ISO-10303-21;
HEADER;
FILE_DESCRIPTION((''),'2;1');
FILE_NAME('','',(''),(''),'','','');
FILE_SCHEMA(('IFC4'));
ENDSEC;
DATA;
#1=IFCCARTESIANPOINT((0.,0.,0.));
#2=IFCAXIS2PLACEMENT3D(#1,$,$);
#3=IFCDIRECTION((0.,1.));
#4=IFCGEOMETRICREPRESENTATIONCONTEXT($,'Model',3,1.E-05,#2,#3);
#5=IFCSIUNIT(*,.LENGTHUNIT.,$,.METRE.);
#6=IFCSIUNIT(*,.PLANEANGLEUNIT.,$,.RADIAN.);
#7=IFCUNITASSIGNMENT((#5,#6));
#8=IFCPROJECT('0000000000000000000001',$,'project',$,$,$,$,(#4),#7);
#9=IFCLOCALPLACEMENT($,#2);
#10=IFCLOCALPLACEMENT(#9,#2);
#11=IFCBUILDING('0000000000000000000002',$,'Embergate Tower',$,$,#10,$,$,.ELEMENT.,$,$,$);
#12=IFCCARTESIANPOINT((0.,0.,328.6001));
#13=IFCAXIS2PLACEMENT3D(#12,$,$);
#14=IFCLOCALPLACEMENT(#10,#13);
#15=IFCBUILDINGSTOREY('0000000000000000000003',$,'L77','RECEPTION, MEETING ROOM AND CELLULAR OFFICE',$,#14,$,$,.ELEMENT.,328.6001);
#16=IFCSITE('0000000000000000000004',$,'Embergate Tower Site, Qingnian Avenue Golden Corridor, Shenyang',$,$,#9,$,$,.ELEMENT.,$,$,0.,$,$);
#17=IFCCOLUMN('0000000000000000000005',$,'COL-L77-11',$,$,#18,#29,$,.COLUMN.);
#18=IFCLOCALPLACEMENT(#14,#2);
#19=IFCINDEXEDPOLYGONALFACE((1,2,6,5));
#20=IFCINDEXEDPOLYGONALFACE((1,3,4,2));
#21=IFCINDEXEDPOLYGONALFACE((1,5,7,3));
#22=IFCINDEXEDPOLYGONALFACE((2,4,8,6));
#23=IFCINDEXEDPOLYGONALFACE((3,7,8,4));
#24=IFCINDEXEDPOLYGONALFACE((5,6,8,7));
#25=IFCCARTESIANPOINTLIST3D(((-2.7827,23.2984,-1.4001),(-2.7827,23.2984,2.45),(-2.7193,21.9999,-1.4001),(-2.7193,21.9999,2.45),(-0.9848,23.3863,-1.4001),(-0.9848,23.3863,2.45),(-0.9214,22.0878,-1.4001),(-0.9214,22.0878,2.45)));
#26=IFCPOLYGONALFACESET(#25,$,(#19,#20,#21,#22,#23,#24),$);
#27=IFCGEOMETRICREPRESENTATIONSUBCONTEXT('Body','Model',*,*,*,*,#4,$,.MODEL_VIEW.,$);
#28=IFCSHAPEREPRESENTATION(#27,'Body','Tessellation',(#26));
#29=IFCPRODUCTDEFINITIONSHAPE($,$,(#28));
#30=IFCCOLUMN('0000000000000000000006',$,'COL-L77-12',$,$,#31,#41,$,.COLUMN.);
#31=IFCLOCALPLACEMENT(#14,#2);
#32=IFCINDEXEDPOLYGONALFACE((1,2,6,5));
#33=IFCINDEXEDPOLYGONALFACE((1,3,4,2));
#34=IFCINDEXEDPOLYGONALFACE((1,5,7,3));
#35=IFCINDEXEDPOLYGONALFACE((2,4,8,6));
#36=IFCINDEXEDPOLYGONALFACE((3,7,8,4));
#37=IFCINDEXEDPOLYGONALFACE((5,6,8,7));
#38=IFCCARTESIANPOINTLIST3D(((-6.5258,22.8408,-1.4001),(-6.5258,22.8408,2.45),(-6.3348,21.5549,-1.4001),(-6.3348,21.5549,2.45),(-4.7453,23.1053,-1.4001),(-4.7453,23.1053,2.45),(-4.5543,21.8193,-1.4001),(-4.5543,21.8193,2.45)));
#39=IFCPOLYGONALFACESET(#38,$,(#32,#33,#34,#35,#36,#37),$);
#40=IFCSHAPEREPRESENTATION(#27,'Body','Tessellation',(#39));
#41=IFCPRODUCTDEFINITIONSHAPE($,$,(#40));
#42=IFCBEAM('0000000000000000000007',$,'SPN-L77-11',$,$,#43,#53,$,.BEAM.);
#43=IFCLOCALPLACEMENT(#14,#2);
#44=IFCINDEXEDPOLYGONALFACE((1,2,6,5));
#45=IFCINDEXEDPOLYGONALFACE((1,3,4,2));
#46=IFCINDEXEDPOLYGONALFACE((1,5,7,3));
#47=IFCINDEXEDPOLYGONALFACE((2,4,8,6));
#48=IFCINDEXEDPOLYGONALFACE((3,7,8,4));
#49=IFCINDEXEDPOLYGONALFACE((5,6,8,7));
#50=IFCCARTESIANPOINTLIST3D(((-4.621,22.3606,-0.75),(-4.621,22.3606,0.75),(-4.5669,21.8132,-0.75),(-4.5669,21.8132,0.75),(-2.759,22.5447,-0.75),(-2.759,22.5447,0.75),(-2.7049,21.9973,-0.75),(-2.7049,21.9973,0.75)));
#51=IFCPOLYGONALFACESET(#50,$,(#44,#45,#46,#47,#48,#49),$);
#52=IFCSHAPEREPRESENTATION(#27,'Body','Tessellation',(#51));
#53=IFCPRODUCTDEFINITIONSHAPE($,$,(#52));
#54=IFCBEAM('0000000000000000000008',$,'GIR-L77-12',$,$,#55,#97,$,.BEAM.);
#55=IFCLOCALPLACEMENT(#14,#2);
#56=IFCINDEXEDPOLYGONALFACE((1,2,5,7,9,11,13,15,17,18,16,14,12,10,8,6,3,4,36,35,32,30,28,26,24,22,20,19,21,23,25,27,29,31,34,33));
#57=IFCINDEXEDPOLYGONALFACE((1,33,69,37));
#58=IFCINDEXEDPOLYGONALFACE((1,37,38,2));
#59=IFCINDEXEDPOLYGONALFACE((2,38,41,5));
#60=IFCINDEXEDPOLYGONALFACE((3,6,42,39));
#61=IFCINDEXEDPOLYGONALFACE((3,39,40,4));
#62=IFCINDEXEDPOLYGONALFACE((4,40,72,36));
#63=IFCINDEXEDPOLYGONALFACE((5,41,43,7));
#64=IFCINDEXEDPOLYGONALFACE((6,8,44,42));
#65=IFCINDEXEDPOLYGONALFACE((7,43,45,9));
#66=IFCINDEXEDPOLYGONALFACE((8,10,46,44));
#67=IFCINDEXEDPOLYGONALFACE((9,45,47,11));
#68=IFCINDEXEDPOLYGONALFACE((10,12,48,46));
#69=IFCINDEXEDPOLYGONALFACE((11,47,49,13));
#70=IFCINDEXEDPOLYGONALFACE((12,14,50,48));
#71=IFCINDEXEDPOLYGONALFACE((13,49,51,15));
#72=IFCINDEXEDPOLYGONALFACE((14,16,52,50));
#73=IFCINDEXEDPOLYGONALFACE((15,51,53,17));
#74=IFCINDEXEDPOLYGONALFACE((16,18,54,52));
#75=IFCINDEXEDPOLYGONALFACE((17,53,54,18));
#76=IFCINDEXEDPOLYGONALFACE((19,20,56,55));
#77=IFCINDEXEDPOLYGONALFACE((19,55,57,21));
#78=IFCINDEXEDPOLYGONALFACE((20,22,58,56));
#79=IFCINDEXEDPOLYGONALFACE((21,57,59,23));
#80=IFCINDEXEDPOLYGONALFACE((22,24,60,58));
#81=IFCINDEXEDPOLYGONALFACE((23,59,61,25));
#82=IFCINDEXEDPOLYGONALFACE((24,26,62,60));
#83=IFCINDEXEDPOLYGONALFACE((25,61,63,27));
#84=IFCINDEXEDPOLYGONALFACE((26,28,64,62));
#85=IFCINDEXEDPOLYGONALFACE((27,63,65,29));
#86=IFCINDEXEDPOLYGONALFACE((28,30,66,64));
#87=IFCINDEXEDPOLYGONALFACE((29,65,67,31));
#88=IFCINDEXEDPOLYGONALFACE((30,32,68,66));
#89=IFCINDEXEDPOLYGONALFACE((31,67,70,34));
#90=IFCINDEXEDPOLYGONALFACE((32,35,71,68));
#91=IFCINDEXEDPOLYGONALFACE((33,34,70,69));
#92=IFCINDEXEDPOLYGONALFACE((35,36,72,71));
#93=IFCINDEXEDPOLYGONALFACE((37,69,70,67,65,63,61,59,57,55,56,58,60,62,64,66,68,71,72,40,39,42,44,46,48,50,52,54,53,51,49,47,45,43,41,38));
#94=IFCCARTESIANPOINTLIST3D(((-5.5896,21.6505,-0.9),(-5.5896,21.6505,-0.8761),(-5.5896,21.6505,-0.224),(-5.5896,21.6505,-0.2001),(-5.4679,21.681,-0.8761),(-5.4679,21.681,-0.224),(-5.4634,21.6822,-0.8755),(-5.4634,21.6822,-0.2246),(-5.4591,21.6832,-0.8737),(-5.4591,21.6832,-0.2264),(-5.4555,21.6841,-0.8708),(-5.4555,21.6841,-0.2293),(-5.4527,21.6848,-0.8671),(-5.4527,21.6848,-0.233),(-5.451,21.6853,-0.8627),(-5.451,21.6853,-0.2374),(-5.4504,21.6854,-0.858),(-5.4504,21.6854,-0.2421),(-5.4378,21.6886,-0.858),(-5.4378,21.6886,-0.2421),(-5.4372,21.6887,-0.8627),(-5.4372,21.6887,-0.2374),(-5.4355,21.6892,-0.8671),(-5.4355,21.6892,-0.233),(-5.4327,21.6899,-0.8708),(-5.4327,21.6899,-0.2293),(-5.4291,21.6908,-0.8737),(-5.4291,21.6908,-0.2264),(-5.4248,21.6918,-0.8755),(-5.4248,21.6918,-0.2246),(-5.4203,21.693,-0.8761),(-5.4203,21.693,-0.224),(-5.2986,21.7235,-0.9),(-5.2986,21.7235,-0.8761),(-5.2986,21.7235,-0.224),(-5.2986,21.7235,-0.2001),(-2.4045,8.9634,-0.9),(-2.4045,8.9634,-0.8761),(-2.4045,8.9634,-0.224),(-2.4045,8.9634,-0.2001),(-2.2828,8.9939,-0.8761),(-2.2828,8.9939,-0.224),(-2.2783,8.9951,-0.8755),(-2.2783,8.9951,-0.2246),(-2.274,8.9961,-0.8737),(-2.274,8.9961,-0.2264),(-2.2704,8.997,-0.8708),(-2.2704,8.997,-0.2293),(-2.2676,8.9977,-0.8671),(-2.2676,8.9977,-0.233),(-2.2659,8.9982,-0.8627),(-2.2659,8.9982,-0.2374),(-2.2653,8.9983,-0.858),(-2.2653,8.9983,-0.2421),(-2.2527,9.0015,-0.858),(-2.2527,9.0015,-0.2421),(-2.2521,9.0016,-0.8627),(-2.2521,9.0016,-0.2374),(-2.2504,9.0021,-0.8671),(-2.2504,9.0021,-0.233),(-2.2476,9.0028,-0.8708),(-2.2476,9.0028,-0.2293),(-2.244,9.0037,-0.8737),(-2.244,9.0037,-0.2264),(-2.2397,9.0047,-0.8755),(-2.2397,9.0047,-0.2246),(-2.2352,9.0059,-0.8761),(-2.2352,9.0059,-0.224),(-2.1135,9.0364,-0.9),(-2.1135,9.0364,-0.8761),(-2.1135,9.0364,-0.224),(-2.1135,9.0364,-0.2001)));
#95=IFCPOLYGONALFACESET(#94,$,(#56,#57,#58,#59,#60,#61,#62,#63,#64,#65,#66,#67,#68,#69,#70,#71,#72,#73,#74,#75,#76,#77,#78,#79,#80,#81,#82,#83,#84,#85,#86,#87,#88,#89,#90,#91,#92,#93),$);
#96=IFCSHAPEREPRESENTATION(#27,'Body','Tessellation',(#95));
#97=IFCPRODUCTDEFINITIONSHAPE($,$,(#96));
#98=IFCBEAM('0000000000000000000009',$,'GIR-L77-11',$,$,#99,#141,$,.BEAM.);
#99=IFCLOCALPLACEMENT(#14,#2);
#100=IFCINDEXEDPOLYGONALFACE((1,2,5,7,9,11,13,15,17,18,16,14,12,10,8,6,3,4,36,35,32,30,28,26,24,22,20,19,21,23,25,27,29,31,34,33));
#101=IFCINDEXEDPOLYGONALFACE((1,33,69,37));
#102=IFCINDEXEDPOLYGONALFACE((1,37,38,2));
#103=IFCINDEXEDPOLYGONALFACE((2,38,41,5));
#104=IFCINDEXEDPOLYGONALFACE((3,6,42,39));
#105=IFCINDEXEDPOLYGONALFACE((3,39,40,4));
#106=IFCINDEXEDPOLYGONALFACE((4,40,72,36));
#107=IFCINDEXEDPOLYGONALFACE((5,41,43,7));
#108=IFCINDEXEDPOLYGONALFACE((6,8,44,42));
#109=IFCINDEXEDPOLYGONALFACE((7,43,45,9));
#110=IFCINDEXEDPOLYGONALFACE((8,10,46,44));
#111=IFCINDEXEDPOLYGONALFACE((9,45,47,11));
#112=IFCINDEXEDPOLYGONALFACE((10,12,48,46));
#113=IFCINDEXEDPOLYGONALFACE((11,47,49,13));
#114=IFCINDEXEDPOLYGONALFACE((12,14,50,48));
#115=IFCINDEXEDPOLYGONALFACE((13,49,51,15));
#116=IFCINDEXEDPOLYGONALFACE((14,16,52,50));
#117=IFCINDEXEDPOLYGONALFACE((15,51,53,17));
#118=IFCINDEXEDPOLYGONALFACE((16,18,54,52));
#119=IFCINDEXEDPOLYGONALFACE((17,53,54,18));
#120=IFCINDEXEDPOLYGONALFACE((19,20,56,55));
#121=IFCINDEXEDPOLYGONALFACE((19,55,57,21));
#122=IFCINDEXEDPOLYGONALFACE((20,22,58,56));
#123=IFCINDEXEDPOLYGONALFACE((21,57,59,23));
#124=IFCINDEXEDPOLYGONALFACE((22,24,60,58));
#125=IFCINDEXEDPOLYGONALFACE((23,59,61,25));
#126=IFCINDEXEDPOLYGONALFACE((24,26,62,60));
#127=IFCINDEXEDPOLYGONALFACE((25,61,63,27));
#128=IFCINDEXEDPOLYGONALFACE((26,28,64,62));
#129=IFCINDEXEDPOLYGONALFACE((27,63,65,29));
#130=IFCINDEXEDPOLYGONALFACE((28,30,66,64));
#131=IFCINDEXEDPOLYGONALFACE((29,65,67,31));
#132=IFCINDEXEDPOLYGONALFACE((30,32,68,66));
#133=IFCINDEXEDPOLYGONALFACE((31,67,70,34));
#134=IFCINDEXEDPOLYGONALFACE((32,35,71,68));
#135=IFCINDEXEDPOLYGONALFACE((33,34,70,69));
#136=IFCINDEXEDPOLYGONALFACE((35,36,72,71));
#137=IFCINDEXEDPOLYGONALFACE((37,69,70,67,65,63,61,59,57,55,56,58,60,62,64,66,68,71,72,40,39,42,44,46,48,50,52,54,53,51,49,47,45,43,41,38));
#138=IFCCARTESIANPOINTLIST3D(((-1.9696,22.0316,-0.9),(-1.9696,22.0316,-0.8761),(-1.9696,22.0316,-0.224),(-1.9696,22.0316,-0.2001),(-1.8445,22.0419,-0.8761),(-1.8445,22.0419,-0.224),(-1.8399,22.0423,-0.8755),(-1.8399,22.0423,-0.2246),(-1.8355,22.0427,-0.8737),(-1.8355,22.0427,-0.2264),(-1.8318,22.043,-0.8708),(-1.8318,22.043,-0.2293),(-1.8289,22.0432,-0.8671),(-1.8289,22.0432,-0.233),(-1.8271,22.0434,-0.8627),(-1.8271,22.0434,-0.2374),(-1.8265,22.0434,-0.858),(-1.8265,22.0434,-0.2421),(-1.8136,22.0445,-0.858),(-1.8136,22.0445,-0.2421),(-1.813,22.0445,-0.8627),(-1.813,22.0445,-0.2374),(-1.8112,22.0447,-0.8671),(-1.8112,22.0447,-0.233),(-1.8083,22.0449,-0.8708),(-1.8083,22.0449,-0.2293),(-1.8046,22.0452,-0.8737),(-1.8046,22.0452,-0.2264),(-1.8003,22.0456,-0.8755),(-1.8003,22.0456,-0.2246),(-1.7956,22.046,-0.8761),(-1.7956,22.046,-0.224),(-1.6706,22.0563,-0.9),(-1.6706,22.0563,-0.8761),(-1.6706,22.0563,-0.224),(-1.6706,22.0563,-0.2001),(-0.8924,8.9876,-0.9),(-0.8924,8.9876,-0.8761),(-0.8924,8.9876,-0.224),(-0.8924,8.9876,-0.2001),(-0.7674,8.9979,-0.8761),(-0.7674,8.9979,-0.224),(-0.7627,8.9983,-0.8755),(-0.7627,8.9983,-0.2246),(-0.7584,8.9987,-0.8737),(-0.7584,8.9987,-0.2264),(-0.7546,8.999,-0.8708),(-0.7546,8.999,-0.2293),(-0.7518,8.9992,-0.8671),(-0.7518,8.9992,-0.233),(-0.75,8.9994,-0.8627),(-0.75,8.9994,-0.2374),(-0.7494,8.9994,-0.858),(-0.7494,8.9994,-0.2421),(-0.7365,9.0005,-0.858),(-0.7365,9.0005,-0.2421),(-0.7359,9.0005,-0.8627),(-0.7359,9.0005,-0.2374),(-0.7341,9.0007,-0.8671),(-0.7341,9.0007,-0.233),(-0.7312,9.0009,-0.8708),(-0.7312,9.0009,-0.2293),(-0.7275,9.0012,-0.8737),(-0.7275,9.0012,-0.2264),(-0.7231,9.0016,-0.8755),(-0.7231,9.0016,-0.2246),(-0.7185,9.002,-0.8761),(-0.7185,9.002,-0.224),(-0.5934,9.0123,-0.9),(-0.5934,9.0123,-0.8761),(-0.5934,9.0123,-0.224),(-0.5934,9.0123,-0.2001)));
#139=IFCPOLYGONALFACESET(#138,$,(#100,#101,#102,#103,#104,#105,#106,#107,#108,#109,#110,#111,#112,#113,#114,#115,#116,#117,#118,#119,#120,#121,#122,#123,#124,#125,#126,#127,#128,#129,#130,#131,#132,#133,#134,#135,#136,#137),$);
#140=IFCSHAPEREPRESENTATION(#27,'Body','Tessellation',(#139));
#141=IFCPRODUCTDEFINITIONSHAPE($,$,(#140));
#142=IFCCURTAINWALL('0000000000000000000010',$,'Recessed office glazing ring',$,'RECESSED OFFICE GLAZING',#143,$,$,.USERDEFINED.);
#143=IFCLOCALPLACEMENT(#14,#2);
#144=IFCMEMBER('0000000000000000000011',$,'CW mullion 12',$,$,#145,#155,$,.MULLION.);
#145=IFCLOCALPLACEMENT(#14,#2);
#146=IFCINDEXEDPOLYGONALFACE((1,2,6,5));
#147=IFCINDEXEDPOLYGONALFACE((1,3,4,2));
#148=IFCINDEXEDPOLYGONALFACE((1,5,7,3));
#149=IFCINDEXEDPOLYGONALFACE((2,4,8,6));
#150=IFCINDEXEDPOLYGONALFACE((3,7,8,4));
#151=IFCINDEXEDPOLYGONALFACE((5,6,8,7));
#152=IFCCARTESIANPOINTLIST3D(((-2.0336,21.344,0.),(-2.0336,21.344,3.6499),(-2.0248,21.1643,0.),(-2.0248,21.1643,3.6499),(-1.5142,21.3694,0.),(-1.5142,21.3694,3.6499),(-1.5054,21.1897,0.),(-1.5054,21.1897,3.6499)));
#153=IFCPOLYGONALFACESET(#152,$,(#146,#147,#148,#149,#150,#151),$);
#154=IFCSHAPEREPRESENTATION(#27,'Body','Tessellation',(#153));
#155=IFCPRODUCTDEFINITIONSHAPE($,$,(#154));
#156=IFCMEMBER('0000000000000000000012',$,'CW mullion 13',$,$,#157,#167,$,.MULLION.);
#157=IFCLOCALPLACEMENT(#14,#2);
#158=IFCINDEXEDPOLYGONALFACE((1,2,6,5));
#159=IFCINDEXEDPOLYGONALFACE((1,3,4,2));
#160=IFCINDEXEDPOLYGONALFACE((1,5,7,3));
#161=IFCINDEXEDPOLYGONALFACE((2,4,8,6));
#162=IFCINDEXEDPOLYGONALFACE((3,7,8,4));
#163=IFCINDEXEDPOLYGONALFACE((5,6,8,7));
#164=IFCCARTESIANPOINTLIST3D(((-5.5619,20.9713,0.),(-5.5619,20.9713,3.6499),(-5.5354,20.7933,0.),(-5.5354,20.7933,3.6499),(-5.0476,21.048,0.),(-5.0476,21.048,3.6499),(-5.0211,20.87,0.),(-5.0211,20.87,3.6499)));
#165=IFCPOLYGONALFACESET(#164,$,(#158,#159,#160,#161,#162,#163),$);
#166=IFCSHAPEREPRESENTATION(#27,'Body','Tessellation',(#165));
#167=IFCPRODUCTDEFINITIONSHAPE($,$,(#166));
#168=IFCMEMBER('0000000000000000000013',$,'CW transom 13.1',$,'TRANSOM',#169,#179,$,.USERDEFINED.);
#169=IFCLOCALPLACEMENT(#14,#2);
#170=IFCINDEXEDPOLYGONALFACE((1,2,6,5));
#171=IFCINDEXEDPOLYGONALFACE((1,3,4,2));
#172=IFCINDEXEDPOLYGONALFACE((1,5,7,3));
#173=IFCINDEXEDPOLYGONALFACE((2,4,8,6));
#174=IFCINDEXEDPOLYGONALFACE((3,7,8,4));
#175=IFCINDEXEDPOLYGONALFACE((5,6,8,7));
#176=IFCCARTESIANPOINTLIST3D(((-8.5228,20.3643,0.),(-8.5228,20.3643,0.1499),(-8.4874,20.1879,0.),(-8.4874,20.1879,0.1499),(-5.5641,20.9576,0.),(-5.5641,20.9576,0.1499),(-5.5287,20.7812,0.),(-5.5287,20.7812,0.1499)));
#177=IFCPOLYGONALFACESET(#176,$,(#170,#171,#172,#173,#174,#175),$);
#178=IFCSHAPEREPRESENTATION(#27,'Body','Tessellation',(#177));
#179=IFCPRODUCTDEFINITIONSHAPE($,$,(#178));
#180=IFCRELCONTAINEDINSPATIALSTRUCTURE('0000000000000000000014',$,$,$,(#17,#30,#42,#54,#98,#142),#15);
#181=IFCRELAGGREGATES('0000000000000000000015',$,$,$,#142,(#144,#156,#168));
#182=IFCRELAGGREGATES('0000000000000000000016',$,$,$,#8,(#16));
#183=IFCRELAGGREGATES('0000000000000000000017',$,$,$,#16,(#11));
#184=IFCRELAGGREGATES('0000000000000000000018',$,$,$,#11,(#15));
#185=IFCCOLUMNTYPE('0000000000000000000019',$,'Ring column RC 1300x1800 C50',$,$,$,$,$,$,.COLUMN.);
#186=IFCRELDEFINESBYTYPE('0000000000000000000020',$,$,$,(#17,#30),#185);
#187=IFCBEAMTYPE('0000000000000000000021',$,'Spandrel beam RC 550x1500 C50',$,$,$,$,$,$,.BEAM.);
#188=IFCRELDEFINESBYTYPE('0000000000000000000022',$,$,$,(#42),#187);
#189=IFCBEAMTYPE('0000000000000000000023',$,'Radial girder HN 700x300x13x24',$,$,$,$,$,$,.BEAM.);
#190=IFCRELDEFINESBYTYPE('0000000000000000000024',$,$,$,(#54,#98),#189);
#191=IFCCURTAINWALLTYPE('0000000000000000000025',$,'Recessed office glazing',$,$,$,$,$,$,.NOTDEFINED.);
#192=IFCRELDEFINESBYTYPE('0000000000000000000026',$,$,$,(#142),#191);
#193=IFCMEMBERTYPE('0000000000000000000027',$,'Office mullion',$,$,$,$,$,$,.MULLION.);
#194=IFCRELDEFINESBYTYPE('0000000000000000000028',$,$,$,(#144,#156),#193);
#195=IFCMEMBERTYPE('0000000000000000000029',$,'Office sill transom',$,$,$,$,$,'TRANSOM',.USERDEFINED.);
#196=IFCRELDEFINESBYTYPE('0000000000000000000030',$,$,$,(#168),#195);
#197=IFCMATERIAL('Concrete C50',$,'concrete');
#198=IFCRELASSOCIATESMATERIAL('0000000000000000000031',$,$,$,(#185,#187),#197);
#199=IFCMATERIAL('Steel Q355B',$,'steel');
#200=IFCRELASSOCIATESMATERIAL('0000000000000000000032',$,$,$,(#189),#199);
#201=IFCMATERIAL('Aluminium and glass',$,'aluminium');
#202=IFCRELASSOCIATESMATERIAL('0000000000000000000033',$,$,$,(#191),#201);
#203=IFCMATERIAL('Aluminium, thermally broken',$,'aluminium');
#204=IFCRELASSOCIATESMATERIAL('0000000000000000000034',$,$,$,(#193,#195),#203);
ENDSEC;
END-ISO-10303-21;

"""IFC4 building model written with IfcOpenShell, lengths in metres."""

from ifc_helpers import new_model, si_unit, direction, frame, origin, origin_2d, place, context, subcontext, project, spatial, rectangle, i_section, extrude, source, transform, mapped, material, material_profile, profile_set, type_object, element, aggregate, save


model = new_model("IFC4")

# Units and contexts
model_context = context("Model", 3, precision=1e-05, world=origin(), true_north=direction((0.0, 1.0)))
body_context = subcontext(model_context, "Body", "Model", "MODEL_VIEW")
ifc_project = project(units=[si_unit("LENGTHUNIT", "METRE"), si_unit("PLANEANGLEUNIT", "RADIAN")], contexts=[model_context])

# Site, building, storey
site_placement = place(None, origin())
site = spatial("IfcSite", under=ifc_project, at=site_placement, Name="Embergate Tower Site, Qingnian Avenue Golden Corridor, Shenyang", CompositionType="ELEMENT", RefElevation=0.0)
building_placement = place(site_placement, origin())
building = spatial("IfcBuilding", under=site, at=building_placement, Name="Embergate Tower", CompositionType="ELEMENT")
storey_placement = place(building_placement, frame((0.0, 0.0, 328.6001)))
storey = spatial("IfcBuildingStorey", under=building, at=storey_placement, Name="L77", Description="RECEPTION, MEETING ROOM AND CELLULAR OFFICE", CompositionType="ELEMENT", Elevation=328.6001)

# Columns
ifc_material_1 = material(Name="Concrete C50", Category="concrete")
ifc_material_profile_1 = material_profile(ifc_material_1, rectangle(XDim=1.3, YDim=1.8, at=origin_2d()), Name="RC 1300x1800")
ifc_profile_set_1 = profile_set([ifc_material_profile_1], Name="Concrete C50")
column_type = type_object("IfcColumnType", Name="Ring column RC 1300x1800 C50", PredefinedType="COLUMN", material=ifc_profile_set_1)
shared_shape_1 = source(origin(), body_context, "Body", "SweptSolid", [
    extrude(rectangle(XDim=1.3, YDim=1.8, at=origin_2d()), origin(), (0.0, 0.0, 1.0), 3.8501),
])
for number, where, z_axis, x_axis, name in (
    (1, (-1.8521, 22.6931, -1.4001), (0.0, 0.0, 1.0), (-0.048815, 0.998808, 0.0), "COL-L77-11"),
    (2, (-5.54, 22.3301, -1.4001), (0.0, 0.0, 1.0), (-0.146929, 0.989147, 0.0), "COL-L77-12"),
):
    element("IfcColumn", number, at=place(storey_placement, frame(where, z_axis=z_axis, x_axis=x_axis)), inside=storey, type_object=column_type, Name=name, PredefinedType="COLUMN", context=body_context, shape_type="MappedRepresentation", body=[
        mapped(shared_shape_1, transform((0.0, 0.0, 0.0))),
    ])

# Beams
ifc_material_profile_2 = material_profile(ifc_material_1, rectangle(XDim=0.55, YDim=1.5, at=origin_2d()), Name="RC 550x1500")
ifc_profile_set_2 = profile_set([ifc_material_profile_2], Name="Concrete C50")
beam_type_1 = type_object("IfcBeamType", Name="Spandrel beam RC 550x1500 C50", PredefinedType="BEAM", material=ifc_profile_set_2)
shared_shape_2 = source(origin(), body_context, "Body", "SweptSolid", [
    extrude(rectangle(XDim=0.55, YDim=1.5, at=origin_2d()), origin(), (0.0, 0.0, 1.0), 1.8711),
])
beam_1_placement = place(storey_placement, frame((-2.7319, 22.271, 0.0), z_axis=(-0.995149, -0.09838, 0.0), x_axis=(0.09838, -0.995149, 0.0)))
element("IfcBeam", 3, at=beam_1_placement, inside=storey, type_object=beam_type_1, Name="SPN-L77-11", PredefinedType="BEAM", context=body_context, shape_type="MappedRepresentation", body=[
    mapped(shared_shape_2, transform((0.0, 0.0, 0.0))),
])
ifc_material_2 = material(Name="Steel Q355B", Category="steel")
ifc_material_profile_3 = material_profile(ifc_material_2, i_section(OverallWidth=0.3, OverallDepth=0.7, WebThickness=0.0129, FlangeThickness=0.0239, FilletRadius=0.0181, at=origin_2d()), Name="HN 700x300x13x24")
ifc_profile_set_3 = profile_set([ifc_material_profile_3], Name="Steel Q355 grade B")
beam_type_2 = type_object("IfcBeamType", Name="Radial girder HN 700x300x13x24", PredefinedType="BEAM", material=ifc_profile_set_3)
shared_shape_3 = source(origin(), body_context, "Body", "SweptSolid", [
    extrude(i_section(OverallWidth=0.3, OverallDepth=0.7, WebThickness=0.0129, FlangeThickness=0.0239, FilletRadius=0.0181, at=origin_2d()), origin(), (0.0, 0.0, 1.0), 13.0808),
])
beam_2_placement = place(storey_placement, frame((-5.4441, 21.687, -0.55), z_axis=(0.243493, -0.969903, 0.0), x_axis=(0.969903, 0.243493, 0.0)))
element("IfcBeam", 4, at=beam_2_placement, inside=storey, type_object=beam_type_2, Name="GIR-L77-12", PredefinedType="BEAM", context=body_context, shape_type="MappedRepresentation", body=[
    mapped(shared_shape_3, transform((0.0, 0.0, 0.0))),
])
shared_shape_4 = source(origin(), body_context, "Body", "SweptSolid", [
    extrude(i_section(OverallWidth=0.3, OverallDepth=0.7, WebThickness=0.0129, FlangeThickness=0.0239, FilletRadius=0.0181, at=origin_2d()), origin(), (0.0, 0.0, 1.0), 13.0884),
])
beam_3_placement = place(storey_placement, frame((-1.8201, 22.0439, -0.55), z_axis=(0.082298, -0.996608, 0.0), x_axis=(0.996608, 0.082298, 0.0)))
element("IfcBeam", 5, at=beam_3_placement, inside=storey, type_object=beam_type_2, Name="GIR-L77-11", PredefinedType="BEAM", context=body_context, shape_type="MappedRepresentation", body=[
    mapped(shared_shape_4, transform((0.0, 0.0, 0.0))),
])

# Curtain wall, members
ifc_material_3 = material(Name="Aluminium and glass", Category="aluminium")
curtain_wall_type = type_object("IfcCurtainWallType", Name="Recessed office glazing", PredefinedType="NOTDEFINED", material=ifc_material_3)
curtain_wall_placement = place(storey_placement, origin())
curtain_wall = element("IfcCurtainWall", 6, at=curtain_wall_placement, inside=storey, type_object=curtain_wall_type, Name="Recessed office glazing ring", ObjectType="RECESSED OFFICE GLAZING", PredefinedType="USERDEFINED")
ifc_material_4 = material(Name="Aluminium, thermally broken", Category="aluminium")
ifc_material_profile_4 = material_profile(ifc_material_4, rectangle(XDim=0.1799, YDim=0.52, at=origin_2d()), Name="AL 520x180")
ifc_profile_set_4 = profile_set([ifc_material_profile_4], Name="Aluminium, thermally broken")
member_type_1 = type_object("IfcMemberType", Name="Office mullion", PredefinedType="MULLION", material=ifc_profile_set_4)
shared_shape_5 = source(origin(), body_context, "Body", "SweptSolid", [
    extrude(rectangle(XDim=0.1799, YDim=0.52, at=origin_2d()), origin(), (0.0, 0.0, 1.0), 3.6499),
])
member_1_placement = place(storey_placement, frame((-1.7695, 21.2668, 0.0), z_axis=(0.0, 0.0, 1.0), x_axis=(0.04897, -0.9988, 0.0)))
member_1 = element("IfcMember", 7, at=member_1_placement, type_object=member_type_1, Name="CW mullion 12", PredefinedType="MULLION", context=body_context, shape_type="MappedRepresentation", body=[
    mapped(shared_shape_5, transform((0.0, 0.0, 0.0))),
])
member_2_placement = place(storey_placement, frame((-5.2915, 20.9207, 0.0), z_axis=(0.0, 0.0, 1.0), x_axis=(0.147409, -0.989076, 0.0)))
member_2 = element("IfcMember", 8, at=member_2_placement, type_object=member_type_1, Name="CW mullion 13", PredefinedType="MULLION", context=body_context, shape_type="MappedRepresentation", body=[
    mapped(shared_shape_5, transform((0.0, 0.0, 0.0))),
])
ifc_material_profile_5 = material_profile(ifc_material_4, rectangle(XDim=0.1799, YDim=0.1499, at=origin_2d()), Name="AL 150x180")
ifc_profile_set_5 = profile_set([ifc_material_profile_5], Name="Aluminium, thermally broken")
member_type_2 = type_object("IfcMemberType", Name="Office sill transom", ElementType="TRANSOM", PredefinedType="USERDEFINED", material=ifc_profile_set_5)
shared_shape_6 = source(origin(), body_context, "Body", "SweptSolid", [
    extrude(rectangle(XDim=0.1799, YDim=0.1499, at=origin_2d()), origin(), (0.0, 0.0, 1.0), 3.0176),
])
member_3_placement = place(storey_placement, frame((-5.5464, 20.8694, 0.075), z_axis=(-0.980484, -0.196598, 0.0), x_axis=(0.196598, -0.980484, 0.0)))
member_3 = element("IfcMember", 9, at=member_3_placement, type_object=member_type_2, Name="CW transom 13.1", ObjectType="TRANSOM", PredefinedType="USERDEFINED", context=body_context, shape_type="MappedRepresentation", body=[
    mapped(shared_shape_6, transform((0.0, 0.0, 0.0))),
])
aggregate(curtain_wall, [member_1, member_2, member_3])

save(model, "model.ifc")
